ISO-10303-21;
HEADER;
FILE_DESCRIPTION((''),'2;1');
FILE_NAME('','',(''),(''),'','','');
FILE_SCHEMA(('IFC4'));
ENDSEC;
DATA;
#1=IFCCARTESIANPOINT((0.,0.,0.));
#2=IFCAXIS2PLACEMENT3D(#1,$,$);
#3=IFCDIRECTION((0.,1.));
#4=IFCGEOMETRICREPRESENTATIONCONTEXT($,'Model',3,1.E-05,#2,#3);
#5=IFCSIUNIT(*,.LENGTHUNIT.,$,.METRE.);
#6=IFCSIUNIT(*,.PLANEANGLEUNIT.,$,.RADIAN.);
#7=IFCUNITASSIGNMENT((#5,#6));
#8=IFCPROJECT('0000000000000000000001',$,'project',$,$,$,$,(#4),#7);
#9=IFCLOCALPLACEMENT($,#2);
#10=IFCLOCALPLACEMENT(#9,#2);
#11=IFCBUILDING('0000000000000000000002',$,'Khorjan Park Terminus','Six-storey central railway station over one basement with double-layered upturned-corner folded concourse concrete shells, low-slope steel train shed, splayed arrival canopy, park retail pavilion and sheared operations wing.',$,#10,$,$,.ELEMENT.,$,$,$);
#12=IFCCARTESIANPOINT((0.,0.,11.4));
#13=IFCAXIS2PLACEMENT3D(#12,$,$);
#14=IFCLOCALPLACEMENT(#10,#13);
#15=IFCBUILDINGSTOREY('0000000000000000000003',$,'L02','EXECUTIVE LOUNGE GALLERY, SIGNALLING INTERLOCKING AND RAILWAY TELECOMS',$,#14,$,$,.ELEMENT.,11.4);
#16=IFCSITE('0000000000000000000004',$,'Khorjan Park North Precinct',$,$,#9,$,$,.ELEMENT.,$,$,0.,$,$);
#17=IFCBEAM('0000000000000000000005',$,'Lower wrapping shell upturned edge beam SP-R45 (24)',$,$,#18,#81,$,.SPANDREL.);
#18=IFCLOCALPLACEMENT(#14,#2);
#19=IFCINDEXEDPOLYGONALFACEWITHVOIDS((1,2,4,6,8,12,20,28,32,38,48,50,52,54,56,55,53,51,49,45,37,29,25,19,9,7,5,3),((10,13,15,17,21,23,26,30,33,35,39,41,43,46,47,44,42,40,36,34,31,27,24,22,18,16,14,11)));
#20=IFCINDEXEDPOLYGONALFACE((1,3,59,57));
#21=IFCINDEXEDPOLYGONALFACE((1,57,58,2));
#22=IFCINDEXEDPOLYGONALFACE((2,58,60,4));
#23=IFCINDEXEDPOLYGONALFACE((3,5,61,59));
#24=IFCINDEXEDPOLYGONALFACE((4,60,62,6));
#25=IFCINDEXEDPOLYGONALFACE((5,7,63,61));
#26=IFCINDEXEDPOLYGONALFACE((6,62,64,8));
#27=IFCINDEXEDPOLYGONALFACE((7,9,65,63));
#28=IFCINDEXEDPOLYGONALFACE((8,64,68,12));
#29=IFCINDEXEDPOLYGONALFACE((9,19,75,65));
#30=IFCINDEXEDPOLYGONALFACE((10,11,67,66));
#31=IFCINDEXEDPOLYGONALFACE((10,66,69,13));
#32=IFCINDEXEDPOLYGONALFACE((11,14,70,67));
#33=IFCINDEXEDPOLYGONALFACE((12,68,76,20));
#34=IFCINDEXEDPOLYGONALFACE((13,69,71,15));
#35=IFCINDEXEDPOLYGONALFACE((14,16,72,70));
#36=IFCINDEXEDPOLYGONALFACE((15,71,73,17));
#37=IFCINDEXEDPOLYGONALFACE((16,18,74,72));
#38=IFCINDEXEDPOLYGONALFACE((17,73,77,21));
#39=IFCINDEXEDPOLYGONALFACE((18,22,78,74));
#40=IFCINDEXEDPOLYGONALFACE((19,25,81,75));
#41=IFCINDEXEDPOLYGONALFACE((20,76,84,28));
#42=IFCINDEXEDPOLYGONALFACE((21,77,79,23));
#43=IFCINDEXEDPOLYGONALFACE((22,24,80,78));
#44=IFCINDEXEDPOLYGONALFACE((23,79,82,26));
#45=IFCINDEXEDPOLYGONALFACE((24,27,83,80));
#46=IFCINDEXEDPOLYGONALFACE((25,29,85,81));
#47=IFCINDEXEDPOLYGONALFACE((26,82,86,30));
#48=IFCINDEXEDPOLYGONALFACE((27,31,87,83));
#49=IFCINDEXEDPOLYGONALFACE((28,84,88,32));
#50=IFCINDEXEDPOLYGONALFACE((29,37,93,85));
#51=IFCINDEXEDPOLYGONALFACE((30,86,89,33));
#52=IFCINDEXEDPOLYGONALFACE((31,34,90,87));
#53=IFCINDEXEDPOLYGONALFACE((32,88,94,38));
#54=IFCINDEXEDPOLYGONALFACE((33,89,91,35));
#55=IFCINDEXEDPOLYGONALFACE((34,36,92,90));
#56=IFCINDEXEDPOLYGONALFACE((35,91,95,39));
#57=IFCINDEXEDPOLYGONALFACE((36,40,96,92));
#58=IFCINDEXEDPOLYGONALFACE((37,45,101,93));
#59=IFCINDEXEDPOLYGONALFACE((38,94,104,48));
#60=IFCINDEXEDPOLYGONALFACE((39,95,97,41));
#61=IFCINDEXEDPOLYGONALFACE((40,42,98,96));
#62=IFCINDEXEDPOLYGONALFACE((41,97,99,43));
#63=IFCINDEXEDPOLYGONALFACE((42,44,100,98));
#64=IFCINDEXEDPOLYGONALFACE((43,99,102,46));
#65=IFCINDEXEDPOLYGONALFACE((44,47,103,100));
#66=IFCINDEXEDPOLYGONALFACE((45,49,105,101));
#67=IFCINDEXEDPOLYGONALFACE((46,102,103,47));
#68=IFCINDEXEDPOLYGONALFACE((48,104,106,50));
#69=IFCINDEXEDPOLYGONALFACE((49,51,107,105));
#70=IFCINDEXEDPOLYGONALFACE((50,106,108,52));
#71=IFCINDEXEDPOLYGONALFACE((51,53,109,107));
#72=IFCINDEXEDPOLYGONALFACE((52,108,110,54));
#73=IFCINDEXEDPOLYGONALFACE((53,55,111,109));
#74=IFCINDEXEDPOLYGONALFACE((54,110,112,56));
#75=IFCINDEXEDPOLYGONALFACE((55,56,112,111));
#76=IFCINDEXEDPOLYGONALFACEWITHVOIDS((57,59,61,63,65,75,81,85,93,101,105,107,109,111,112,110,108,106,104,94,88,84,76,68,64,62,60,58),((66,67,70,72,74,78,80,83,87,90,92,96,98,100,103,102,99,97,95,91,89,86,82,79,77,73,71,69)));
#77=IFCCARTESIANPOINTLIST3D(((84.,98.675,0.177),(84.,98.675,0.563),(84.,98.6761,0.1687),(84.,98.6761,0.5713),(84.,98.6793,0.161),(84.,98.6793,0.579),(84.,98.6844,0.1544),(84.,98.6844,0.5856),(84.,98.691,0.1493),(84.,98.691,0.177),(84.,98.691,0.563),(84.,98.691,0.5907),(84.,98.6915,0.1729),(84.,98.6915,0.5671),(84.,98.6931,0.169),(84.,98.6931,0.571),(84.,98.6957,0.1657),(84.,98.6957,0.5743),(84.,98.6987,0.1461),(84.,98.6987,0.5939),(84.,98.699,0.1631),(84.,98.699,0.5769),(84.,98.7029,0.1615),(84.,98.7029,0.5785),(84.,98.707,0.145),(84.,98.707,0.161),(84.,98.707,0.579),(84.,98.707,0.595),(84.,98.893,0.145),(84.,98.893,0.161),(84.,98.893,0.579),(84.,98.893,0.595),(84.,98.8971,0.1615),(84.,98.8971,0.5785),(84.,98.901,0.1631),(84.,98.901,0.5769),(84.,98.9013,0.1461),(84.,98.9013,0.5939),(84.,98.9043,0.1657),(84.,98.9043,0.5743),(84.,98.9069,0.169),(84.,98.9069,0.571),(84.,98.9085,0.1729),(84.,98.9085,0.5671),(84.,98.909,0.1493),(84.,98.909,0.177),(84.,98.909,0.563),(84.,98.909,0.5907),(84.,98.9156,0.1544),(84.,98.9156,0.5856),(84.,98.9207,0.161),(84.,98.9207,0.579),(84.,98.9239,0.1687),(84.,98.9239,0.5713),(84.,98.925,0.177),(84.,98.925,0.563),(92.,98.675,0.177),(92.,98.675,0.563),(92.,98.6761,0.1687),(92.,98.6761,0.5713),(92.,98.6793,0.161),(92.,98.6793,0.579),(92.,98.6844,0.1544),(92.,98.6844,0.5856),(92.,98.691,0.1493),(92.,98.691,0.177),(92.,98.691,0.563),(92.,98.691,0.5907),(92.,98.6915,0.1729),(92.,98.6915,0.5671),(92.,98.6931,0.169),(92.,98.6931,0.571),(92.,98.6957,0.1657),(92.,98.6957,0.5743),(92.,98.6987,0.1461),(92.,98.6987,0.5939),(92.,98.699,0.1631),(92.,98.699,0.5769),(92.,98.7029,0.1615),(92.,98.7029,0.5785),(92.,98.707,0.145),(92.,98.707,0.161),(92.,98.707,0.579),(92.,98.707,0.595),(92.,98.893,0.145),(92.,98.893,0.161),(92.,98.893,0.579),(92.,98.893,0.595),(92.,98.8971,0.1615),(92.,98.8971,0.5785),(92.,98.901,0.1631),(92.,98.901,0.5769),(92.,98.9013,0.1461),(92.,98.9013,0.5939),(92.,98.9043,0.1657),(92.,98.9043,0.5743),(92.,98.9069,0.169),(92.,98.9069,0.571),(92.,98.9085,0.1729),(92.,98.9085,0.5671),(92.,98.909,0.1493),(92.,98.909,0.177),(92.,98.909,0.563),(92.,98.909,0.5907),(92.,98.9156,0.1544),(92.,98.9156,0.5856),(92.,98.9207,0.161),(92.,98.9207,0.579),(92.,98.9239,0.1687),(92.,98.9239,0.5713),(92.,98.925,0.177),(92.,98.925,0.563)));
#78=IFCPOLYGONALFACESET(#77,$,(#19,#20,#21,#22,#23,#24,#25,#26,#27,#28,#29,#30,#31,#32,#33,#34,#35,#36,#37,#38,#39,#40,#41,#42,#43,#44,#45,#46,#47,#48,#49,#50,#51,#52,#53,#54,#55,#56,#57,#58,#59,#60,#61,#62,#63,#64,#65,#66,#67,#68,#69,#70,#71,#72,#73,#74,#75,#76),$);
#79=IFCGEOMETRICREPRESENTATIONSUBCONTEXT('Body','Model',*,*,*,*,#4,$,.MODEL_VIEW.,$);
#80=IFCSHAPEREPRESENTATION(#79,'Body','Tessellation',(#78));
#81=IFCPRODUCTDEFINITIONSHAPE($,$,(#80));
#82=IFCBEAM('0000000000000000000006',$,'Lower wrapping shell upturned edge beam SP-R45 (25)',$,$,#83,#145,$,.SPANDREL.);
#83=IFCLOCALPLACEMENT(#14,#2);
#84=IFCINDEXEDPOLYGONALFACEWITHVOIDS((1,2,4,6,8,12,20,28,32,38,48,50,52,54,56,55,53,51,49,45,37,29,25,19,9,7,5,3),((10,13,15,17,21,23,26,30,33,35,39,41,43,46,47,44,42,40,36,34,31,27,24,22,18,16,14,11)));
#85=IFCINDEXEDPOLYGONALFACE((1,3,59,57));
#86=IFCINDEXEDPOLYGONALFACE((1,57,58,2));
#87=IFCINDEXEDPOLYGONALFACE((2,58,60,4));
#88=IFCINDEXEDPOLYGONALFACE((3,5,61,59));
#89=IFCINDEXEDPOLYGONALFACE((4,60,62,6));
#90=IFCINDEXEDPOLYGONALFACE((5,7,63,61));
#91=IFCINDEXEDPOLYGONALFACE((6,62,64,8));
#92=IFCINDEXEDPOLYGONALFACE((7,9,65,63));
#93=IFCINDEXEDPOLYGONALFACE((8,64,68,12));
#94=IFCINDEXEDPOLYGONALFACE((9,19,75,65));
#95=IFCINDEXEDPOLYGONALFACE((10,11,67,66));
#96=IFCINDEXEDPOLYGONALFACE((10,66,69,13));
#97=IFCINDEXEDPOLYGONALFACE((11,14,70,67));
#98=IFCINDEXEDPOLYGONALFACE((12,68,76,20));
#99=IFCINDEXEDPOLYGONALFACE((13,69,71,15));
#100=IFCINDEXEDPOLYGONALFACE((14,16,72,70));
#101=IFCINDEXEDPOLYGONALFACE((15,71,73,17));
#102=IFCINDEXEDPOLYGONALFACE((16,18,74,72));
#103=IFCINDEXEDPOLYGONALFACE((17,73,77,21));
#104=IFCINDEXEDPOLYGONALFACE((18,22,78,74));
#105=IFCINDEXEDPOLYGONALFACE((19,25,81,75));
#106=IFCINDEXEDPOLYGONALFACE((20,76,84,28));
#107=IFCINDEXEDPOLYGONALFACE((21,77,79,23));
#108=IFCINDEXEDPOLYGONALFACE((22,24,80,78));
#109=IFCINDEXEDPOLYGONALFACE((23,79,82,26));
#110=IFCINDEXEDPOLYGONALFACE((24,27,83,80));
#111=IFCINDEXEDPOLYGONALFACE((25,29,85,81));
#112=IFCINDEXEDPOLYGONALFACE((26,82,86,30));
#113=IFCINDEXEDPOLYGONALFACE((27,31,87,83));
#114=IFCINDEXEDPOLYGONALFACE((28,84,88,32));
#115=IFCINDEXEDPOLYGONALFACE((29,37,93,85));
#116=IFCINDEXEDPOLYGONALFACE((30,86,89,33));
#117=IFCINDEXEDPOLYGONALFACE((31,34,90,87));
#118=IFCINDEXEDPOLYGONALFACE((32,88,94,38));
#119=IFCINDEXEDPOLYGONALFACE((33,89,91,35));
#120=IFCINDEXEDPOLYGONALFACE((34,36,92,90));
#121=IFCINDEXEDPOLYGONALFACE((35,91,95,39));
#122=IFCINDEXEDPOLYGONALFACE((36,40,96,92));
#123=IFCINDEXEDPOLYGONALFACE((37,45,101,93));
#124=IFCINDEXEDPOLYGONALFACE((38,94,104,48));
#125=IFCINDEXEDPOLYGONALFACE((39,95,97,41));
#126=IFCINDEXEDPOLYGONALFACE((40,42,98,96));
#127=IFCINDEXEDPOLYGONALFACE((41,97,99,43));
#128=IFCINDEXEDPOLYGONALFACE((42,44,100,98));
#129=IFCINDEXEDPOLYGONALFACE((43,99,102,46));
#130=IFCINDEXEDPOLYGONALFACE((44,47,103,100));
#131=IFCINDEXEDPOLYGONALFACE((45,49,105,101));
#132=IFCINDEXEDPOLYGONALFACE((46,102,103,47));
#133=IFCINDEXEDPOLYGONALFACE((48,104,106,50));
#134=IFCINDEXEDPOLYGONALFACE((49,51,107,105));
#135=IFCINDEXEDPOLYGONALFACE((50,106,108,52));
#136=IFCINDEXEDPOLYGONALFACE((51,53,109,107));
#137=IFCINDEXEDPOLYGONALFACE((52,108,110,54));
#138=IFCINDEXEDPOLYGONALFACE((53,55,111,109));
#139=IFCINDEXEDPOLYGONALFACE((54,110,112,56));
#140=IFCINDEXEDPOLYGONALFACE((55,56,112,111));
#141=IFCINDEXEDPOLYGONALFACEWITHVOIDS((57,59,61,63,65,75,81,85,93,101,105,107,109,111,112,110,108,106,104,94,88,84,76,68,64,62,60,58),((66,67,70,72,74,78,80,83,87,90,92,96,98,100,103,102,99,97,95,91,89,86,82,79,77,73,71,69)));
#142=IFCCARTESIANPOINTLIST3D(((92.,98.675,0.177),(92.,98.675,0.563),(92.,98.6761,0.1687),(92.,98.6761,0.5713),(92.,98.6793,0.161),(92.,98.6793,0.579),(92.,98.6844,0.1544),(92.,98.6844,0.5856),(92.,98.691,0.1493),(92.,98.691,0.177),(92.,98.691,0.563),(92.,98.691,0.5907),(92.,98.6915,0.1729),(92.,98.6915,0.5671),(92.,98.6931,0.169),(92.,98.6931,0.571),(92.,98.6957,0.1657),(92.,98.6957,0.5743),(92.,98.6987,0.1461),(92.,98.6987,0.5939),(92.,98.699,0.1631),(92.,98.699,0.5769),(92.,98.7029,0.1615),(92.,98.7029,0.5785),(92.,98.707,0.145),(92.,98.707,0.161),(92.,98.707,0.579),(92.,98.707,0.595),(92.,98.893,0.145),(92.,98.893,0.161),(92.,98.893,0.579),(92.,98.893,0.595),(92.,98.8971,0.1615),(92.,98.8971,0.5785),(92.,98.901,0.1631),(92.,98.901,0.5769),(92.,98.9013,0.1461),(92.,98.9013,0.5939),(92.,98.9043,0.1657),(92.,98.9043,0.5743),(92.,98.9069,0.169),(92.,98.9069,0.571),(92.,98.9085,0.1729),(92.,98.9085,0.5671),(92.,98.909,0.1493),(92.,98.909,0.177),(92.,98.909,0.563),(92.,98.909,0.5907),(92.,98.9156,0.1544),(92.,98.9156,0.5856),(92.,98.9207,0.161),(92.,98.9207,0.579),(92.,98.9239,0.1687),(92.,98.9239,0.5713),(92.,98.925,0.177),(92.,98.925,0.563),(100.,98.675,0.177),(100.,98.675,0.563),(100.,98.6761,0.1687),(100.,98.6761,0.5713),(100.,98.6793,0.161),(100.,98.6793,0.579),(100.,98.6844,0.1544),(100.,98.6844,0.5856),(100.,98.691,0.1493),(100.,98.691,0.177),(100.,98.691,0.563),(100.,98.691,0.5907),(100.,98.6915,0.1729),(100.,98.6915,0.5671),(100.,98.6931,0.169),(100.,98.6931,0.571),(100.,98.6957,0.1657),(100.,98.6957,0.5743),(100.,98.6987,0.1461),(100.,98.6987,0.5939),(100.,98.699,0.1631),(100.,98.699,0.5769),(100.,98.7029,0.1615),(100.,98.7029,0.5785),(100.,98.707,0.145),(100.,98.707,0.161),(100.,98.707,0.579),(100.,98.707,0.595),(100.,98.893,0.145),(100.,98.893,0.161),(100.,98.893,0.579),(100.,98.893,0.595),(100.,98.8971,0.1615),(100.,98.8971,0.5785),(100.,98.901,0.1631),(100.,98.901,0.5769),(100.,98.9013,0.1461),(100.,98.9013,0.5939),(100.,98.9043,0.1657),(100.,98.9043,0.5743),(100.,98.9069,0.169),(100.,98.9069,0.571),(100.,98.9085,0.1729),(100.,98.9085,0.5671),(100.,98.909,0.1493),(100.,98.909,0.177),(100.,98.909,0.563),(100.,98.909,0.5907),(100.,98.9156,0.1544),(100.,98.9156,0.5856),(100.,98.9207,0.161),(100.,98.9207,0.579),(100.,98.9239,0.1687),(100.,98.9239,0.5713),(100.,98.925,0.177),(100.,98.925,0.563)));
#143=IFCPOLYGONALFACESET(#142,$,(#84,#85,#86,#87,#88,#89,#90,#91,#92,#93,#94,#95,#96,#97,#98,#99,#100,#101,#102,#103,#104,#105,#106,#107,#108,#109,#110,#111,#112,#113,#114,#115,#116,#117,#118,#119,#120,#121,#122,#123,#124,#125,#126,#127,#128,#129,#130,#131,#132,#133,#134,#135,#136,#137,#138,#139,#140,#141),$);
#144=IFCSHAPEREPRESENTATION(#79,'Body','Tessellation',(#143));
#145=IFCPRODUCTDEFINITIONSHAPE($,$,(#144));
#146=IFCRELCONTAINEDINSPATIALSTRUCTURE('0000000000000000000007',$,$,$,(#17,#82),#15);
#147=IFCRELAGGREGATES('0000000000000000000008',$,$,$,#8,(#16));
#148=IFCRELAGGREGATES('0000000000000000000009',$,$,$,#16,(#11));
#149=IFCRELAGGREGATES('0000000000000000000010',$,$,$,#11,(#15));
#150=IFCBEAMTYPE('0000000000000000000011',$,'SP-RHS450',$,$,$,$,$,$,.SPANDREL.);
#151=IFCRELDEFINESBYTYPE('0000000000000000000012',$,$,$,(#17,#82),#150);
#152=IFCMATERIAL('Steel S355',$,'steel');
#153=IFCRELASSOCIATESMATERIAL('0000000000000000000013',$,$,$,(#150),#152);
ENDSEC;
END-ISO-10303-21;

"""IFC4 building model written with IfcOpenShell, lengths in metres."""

from ifc_helpers import new_model, si_unit, direction, frame, origin, origin_2d, place, context, subcontext, project, spatial, hollow_rectangle, extrude, material, material_profile, profile_set, type_object, element, save


model = new_model("IFC4")

# Units and contexts
model_context = context("Model", 3, precision=1e-05, world=origin(), true_north=direction((0.0, 1.0)))
body_context = subcontext(model_context, "Body", "Model", "MODEL_VIEW")
ifc_project = project(units=[si_unit("LENGTHUNIT", "METRE"), si_unit("PLANEANGLEUNIT", "RADIAN")], contexts=[model_context])

# Site, building, storey
site_placement = place(None, origin())
site = spatial("IfcSite", under=ifc_project, at=site_placement, Name="Khorjan Park North Precinct", CompositionType="ELEMENT", RefElevation=0.0)
building_placement = place(site_placement, origin())
building = spatial("IfcBuilding", under=site, at=building_placement, Name="Khorjan Park Terminus", Description="Six-storey central railway station over one basement with double-layered upturned-corner folded concourse concrete shells, low-slope steel train shed, splayed arrival canopy, park retail pavilion and sheared operations wing.", CompositionType="ELEMENT")
storey_placement = place(building_placement, frame((0.0, 0.0, 11.4)))
storey = spatial("IfcBuildingStorey", under=building, at=storey_placement, Name="L02", Description="EXECUTIVE LOUNGE GALLERY, SIGNALLING INTERLOCKING AND RAILWAY TELECOMS", CompositionType="ELEMENT", Elevation=11.4)

# Shared definitions
ifc_material = material(Name="Steel S355", Category="steel")

# Beams
ifc_material_profile_1 = material_profile(ifc_material, hollow_rectangle(XDim=0.25, YDim=0.45, WallThickness=0.016, InnerFilletRadius=0.016, OuterFilletRadius=0.032, at=origin_2d()), Name="RHS 450x250x16")
ifc_profile_set_1 = profile_set([ifc_material_profile_1], Name="Steel S355")
beam_type = type_object("IfcBeamType", Name="SP-RHS450", PredefinedType="SPANDREL", material=ifc_profile_set_1)
for number, where, z_axis, x_axis, name in (
    (1, (84.0, 98.8, 0.37), (1.0, 0.0, 0.0), (0.0, 1.0, 0.0), "Lower wrapping shell upturned edge beam SP-R45 (24)"),
    (2, (92.0, 98.8, 0.37), (1.0, 0.0, 0.0), (0.0, 1.0, 0.0), "Lower wrapping shell upturned edge beam SP-R45 (25)"),
):
    element("IfcBeam", number, at=place(storey_placement, frame(where, z_axis=z_axis, x_axis=x_axis)), inside=storey, type_object=beam_type, Name=name, PredefinedType="SPANDREL", context=body_context, shape_type="SweptSolid", body=[
        extrude(hollow_rectangle(XDim=0.25, YDim=0.45, WallThickness=0.016, InnerFilletRadius=0.016, OuterFilletRadius=0.032, at=origin_2d()), origin(), (0.0, 0.0, 1.0), 8.0),
    ])

save(model, "model.ifc")
